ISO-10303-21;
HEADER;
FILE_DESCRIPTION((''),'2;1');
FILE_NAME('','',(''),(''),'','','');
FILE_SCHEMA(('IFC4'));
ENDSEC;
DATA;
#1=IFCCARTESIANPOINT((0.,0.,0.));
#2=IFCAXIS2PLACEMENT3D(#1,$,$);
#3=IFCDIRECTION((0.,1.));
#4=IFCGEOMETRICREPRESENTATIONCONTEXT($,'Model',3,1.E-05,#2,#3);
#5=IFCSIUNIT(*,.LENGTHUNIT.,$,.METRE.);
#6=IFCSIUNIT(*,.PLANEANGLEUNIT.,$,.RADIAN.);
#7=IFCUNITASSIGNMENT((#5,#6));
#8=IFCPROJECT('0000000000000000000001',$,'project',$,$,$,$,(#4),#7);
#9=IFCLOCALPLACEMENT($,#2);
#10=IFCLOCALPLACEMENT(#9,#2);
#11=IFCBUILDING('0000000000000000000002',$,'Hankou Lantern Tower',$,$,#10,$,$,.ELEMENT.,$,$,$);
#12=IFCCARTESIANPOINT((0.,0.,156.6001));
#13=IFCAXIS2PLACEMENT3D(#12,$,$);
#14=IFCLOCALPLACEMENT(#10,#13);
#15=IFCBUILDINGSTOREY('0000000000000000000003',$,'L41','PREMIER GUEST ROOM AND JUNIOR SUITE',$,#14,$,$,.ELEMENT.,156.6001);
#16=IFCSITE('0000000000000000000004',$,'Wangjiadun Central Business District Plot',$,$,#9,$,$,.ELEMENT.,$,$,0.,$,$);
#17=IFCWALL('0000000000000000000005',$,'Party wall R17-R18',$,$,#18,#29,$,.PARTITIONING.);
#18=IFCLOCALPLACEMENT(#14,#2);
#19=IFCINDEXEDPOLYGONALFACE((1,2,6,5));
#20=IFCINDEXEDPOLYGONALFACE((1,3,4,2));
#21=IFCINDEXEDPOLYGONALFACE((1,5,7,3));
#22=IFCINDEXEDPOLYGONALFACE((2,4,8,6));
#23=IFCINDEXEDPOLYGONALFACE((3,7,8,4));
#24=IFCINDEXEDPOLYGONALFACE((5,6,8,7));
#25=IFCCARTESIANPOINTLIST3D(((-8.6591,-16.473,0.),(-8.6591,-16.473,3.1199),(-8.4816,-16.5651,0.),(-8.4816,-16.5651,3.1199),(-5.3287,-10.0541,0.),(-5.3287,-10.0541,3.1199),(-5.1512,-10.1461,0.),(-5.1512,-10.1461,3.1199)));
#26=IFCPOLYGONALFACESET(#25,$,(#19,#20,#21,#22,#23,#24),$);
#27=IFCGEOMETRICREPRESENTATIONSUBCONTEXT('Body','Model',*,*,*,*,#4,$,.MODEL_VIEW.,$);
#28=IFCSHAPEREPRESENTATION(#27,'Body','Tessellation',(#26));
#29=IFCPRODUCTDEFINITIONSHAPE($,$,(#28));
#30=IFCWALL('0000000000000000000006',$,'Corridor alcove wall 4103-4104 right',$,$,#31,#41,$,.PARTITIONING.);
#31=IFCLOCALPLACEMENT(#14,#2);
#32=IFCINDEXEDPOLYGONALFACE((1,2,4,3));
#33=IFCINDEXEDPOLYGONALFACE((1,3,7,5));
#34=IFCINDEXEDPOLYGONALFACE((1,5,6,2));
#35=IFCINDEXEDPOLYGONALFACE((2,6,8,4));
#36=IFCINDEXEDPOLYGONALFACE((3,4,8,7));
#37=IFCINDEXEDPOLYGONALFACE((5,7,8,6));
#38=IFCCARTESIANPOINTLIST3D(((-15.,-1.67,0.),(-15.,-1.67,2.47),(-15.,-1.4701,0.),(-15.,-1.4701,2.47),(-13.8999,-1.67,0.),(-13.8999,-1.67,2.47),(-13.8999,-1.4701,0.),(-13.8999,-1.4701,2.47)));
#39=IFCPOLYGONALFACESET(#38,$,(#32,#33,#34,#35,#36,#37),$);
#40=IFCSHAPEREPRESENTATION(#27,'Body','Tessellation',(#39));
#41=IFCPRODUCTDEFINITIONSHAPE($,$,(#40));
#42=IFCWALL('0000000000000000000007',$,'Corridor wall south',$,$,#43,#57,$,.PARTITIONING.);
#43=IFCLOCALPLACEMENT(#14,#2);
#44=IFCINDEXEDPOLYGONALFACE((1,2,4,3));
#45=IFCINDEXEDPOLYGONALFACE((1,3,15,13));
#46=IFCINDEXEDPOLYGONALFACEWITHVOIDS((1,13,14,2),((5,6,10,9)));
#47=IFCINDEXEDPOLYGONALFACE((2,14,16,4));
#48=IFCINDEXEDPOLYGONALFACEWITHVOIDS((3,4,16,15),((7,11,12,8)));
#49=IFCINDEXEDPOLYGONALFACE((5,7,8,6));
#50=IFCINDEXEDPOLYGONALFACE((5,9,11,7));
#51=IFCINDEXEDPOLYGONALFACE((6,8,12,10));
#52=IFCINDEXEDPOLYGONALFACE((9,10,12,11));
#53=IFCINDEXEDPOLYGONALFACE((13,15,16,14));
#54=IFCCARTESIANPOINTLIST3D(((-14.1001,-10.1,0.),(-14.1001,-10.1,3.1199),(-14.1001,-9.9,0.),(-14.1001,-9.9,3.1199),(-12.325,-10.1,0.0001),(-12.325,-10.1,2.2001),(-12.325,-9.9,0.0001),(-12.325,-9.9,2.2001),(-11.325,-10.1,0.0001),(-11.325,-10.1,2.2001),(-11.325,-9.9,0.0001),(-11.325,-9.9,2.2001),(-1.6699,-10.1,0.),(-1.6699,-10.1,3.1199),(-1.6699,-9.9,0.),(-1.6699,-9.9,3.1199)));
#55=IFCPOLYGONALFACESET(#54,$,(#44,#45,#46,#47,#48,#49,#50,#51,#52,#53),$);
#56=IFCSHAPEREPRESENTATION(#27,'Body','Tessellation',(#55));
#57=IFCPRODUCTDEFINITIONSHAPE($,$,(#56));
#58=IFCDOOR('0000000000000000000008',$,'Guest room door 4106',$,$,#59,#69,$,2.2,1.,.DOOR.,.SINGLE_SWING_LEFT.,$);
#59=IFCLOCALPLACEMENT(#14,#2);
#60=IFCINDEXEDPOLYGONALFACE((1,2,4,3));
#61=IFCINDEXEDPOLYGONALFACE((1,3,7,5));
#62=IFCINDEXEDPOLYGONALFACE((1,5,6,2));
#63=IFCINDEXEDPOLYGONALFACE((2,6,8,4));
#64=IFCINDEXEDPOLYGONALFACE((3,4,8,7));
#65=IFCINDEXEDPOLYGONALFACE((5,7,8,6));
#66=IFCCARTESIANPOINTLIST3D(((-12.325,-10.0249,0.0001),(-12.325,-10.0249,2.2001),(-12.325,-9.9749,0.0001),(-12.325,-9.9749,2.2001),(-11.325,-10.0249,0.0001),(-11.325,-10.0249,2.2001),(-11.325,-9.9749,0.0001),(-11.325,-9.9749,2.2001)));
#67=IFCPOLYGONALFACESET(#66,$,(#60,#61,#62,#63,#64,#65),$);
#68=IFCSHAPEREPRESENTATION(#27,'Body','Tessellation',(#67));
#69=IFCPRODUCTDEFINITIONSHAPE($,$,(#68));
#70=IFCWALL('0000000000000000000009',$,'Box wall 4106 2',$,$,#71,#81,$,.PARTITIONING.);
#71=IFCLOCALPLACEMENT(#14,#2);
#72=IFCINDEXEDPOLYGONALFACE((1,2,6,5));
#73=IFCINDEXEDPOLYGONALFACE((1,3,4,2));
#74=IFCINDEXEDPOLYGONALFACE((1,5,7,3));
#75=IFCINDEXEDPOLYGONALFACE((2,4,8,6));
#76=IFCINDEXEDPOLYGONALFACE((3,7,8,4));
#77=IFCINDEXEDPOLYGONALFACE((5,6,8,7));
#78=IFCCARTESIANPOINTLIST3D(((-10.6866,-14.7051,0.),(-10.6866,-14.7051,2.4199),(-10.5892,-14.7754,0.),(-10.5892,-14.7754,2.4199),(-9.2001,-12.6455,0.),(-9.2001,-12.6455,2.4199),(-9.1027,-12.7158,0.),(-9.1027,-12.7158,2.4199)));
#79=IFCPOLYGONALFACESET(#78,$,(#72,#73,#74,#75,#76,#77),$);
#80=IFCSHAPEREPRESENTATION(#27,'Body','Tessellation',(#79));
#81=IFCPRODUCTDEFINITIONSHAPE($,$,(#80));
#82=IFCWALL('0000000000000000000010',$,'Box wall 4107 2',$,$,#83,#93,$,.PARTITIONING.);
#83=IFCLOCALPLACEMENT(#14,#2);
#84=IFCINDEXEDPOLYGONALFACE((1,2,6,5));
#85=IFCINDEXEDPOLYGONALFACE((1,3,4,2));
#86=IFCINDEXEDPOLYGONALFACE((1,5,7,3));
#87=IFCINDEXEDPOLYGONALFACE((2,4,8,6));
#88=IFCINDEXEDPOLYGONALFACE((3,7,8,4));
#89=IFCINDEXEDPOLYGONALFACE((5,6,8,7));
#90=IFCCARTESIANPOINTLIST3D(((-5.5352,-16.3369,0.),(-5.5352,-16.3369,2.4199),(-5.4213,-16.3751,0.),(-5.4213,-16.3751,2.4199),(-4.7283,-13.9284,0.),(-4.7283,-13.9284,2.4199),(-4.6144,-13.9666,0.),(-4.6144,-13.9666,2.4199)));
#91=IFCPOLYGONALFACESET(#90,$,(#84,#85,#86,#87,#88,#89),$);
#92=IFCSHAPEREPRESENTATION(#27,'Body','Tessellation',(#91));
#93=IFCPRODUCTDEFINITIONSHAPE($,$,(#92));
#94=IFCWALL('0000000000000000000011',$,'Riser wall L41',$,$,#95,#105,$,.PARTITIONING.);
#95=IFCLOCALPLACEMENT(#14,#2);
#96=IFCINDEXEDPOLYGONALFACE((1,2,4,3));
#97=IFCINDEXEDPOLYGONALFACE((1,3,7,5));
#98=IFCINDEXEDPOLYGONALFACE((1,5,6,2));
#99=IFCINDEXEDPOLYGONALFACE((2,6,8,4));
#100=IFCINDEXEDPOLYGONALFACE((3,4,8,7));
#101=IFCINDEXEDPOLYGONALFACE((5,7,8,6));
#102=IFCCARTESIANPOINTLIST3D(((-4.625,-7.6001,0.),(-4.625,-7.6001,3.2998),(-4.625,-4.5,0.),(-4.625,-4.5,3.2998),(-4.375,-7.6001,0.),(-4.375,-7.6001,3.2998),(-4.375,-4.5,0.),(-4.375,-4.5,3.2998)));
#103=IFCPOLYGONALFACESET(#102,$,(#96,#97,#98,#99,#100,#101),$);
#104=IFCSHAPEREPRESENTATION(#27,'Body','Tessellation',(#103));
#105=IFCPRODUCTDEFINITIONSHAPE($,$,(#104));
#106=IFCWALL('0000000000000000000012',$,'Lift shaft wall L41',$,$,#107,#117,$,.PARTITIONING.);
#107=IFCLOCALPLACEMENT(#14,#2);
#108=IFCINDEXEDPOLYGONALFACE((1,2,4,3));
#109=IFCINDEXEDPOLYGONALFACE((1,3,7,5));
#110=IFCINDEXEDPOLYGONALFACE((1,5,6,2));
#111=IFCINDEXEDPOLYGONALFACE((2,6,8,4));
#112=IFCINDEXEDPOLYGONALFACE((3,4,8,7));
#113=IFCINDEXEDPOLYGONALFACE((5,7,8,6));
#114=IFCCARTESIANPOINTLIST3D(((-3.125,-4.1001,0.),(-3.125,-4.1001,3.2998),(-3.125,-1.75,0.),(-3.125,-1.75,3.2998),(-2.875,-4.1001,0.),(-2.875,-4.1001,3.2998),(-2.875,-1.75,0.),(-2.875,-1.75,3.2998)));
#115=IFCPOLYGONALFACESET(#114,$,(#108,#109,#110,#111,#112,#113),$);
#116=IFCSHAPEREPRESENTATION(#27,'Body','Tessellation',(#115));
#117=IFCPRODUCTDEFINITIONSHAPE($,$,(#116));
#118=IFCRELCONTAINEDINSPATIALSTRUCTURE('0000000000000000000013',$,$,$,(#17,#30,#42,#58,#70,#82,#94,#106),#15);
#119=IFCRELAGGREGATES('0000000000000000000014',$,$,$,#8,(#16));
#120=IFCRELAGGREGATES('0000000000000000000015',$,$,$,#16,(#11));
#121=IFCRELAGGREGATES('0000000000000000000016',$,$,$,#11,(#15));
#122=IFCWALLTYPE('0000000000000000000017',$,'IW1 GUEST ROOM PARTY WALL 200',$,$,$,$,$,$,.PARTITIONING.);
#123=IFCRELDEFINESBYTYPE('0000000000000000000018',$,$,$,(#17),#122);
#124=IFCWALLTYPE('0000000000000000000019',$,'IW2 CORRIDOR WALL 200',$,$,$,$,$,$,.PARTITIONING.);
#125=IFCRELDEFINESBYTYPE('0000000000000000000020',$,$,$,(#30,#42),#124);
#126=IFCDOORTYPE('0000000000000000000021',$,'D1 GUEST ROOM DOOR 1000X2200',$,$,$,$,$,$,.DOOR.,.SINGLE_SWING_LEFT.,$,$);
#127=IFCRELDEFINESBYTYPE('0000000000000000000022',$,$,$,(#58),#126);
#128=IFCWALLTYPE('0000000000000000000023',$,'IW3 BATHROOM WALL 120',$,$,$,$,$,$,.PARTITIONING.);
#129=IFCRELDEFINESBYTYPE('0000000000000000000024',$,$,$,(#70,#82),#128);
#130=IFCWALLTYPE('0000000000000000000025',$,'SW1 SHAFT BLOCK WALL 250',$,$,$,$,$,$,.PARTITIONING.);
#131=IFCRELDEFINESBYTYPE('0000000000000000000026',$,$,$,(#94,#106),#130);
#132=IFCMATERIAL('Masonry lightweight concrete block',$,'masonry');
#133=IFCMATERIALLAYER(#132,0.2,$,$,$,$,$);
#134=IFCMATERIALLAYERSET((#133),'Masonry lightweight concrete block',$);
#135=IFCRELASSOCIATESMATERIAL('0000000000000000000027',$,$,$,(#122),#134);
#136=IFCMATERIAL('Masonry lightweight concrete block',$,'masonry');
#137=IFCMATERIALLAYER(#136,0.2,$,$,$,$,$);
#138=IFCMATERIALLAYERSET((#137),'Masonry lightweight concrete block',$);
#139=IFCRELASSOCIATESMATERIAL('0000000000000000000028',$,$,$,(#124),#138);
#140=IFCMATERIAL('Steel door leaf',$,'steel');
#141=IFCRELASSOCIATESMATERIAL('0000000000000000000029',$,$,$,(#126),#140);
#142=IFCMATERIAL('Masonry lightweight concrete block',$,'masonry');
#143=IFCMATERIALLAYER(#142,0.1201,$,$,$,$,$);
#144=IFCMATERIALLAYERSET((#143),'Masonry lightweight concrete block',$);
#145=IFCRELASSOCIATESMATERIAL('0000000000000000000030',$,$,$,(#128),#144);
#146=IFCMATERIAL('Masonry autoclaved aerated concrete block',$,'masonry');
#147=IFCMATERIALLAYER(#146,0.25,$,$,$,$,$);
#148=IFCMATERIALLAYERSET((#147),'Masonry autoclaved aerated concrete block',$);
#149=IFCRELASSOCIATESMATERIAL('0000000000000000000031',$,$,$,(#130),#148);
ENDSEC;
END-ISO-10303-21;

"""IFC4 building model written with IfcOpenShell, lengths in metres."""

from ifc_helpers import new_model, si_unit, direction, frame, frame_2d, origin, place, context, subcontext, project, spatial, rectangle, extrude, material, layer, layer_set, type_object, element, fill, save


model = new_model("IFC4")

# Units and contexts
model_context = context("Model", 3, precision=1e-05, world=origin(), true_north=direction((0.0, 1.0)))
body_context = subcontext(model_context, "Body", "Model", "MODEL_VIEW")
ifc_project = project(units=[si_unit("LENGTHUNIT", "METRE"), si_unit("PLANEANGLEUNIT", "RADIAN")], contexts=[model_context])

# Site, building, storey
site_placement = place(None, origin())
site = spatial("IfcSite", under=ifc_project, at=site_placement, Name="Wangjiadun Central Business District Plot", CompositionType="ELEMENT", RefElevation=0.0)
building_placement = place(site_placement, origin())
building = spatial("IfcBuilding", under=site, at=building_placement, Name="Hankou Lantern Tower", CompositionType="ELEMENT")
storey_placement = place(building_placement, frame((0.0, 0.0, 156.6001)))
storey = spatial("IfcBuildingStorey", under=building, at=storey_placement, Name="L41", Description="PREMIER GUEST ROOM AND JUNIOR SUITE", CompositionType="ELEMENT", Elevation=156.6001)

# Walls
ifc_material_1 = material(Name="Masonry lightweight concrete block", Category="masonry")
ifc_layer_1 = layer(ifc_material_1, 0.2)
ifc_layer_set_1 = layer_set([ifc_layer_1], Name="Masonry lightweight concrete block")
wall_type_1 = type_object("IfcWallType", Name="IW1 GUEST ROOM PARTY WALL 200", PredefinedType="PARTITIONING", material=ifc_layer_set_1)
wall_1_placement = place(storey_placement, frame((-5.24, -10.1001, 0.0), z_axis=(0.0, 0.0, 1.0), x_axis=(-0.460533, -0.887643, 0.0)))
element("IfcWall", 1, at=wall_1_placement, inside=storey, type_object=wall_type_1, Name="Party wall R17-R18", PredefinedType="PARTITIONING", context=body_context, shape_type="SweptSolid", body=[
    extrude(rectangle(XDim=7.2314, YDim=0.2, at=frame_2d((3.6157, 0.0))), origin(), (0.0, 0.0, 1.0), 3.1199),
])
ifc_material_2 = material(Name="Masonry lightweight concrete block", Category="masonry")
ifc_layer_2 = layer(ifc_material_2, 0.2)
ifc_layer_set_2 = layer_set([ifc_layer_2], Name="Masonry lightweight concrete block")
wall_type_2 = type_object("IfcWallType", Name="IW2 CORRIDOR WALL 200", PredefinedType="PARTITIONING", material=ifc_layer_set_2)
wall_2_placement = place(storey_placement, frame((-13.8999, -1.5701, 0.0), z_axis=(0.0, 0.0, 1.0), x_axis=(-1.0, 0.0, 0.0)))
element("IfcWall", 2, at=wall_2_placement, inside=storey, type_object=wall_type_2, Name="Corridor alcove wall 4103-4104 right", PredefinedType="PARTITIONING", context=body_context, shape_type="SweptSolid", body=[
    extrude(rectangle(XDim=1.1001, YDim=0.2, at=frame_2d((0.55, 0.0))), origin(), (0.0, 0.0, 1.0), 2.47),
])

# Wall, opening, door
wall_3_placement = place(storey_placement, frame((-1.6699, -10.0, 0.0), z_axis=(0.0, 0.0, 1.0), x_axis=(-1.0, 0.0, 0.0)))
wall_3 = element("IfcWall", 3, at=wall_3_placement, inside=storey, type_object=wall_type_2, Name="Corridor wall south", PredefinedType="PARTITIONING", context=body_context, shape_type="SweptSolid", body=[
    extrude(rectangle(XDim=12.4302, YDim=0.2, at=frame_2d((6.2151, 0.0))), origin(), (0.0, 0.0, 1.0), 3.1199),
])
opening_1_placement = place(wall_3_placement, frame((9.655, 0.0, 0.0)))
opening_1 = element("IfcOpeningElement", 4, at=opening_1_placement, cuts=wall_3, PredefinedType="OPENING", context=body_context, shape_type="SweptSolid", body=[
    extrude(rectangle(XDim=1.0, YDim=2.2, at=frame_2d((0.5, 1.1001))), frame((0.0, 0.1099, 0.0), z_axis=(0.0, -1.0, 0.0), x_axis=(1.0, 0.0, 0.0)), (0.0, 0.0, 1.0), 0.22),
])
ifc_material_3 = material(Name="Steel door leaf", Category="steel")
door_type_1 = type_object("IfcDoorType", Name="D1 GUEST ROOM DOOR 1000X2200", OperationType="SINGLE_SWING_LEFT", PredefinedType="DOOR", material=ifc_material_3)
door_1_placement = place(opening_1_placement, origin())
door_1 = element("IfcDoor", 5, at=door_1_placement, inside=storey, type_object=door_type_1, Name="Guest room door 4106", OperationType="SINGLE_SWING_LEFT", OverallHeight=2.2, OverallWidth=1.0, PredefinedType="DOOR", context=body_context, shape_type="SweptSolid", body=[
    extrude(rectangle(XDim=1.0, YDim=2.2, at=frame_2d((0.5, 1.1001))), frame((0.0, 0.0249, 0.0), z_axis=(0.0, -1.0, 0.0), x_axis=(1.0, 0.0, 0.0)), (0.0, 0.0, 1.0), 0.05),
])
fill(opening_1, door_1)

# Walls
ifc_material_4 = material(Name="Masonry lightweight concrete block", Category="masonry")
ifc_layer_3 = layer(ifc_material_4, 0.1201)
ifc_layer_set_3 = layer_set([ifc_layer_3], Name="Masonry lightweight concrete block")
wall_type_3 = type_object("IfcWallType", Name="IW3 BATHROOM WALL 120", PredefinedType="PARTITIONING", material=ifc_layer_set_3)
for number, where, z_axis, x_axis, name in (
    (6, (-9.1514, -12.6807, 0.0), (0.0, 0.0, 1.0), (-0.585259, -0.810846, 0.0), "Box wall 4106 2"),
    (7, (-4.6714, -13.9475, 0.0), (0.0, 0.0, 1.0), (-0.317669, -0.948202, 0.0), "Box wall 4107 2"),
):
    element("IfcWall", number, at=place(storey_placement, frame(where, z_axis=z_axis, x_axis=x_axis)), inside=storey, type_object=wall_type_3, Name=name, PredefinedType="PARTITIONING", context=body_context, shape_type="SweptSolid", body=[
        extrude(rectangle(XDim=2.54, YDim=0.1201, at=frame_2d((1.27, 0.0))), origin(), (0.0, 0.0, 1.0), 2.4199),
    ])
ifc_material_5 = material(Name="Masonry autoclaved aerated concrete block", Category="masonry")
ifc_layer_4 = layer(ifc_material_5, 0.25)
ifc_layer_set_4 = layer_set([ifc_layer_4], Name="Masonry autoclaved aerated concrete block")
wall_type_4 = type_object("IfcWallType", Name="SW1 SHAFT BLOCK WALL 250", PredefinedType="PARTITIONING", material=ifc_layer_set_4)
wall_4_placement = place(storey_placement, frame((-4.5, -7.6001, 0.0), z_axis=(0.0, 0.0, 1.0), x_axis=(0.0, 1.0, 0.0)))
element("IfcWall", 8, at=wall_4_placement, inside=storey, type_object=wall_type_4, Name="Riser wall L41", PredefinedType="PARTITIONING", context=body_context, shape_type="SweptSolid", body=[
    extrude(rectangle(XDim=3.1001, YDim=0.25, at=frame_2d((1.55, 0.0))), origin(), (0.0, 0.0, 1.0), 3.2998),
])
wall_5_placement = place(storey_placement, frame((-3.0, -4.1001, 0.0), z_axis=(0.0, 0.0, 1.0), x_axis=(0.0, 1.0, 0.0)))
element("IfcWall", 9, at=wall_5_placement, inside=storey, type_object=wall_type_4, Name="Lift shaft wall L41", PredefinedType="PARTITIONING", context=body_context, shape_type="SweptSolid", body=[
    extrude(rectangle(XDim=2.3501, YDim=0.25, at=frame_2d((1.175, 0.0))), origin(), (0.0, 0.0, 1.0), 3.2998),
])

save(model, "model.ifc")
